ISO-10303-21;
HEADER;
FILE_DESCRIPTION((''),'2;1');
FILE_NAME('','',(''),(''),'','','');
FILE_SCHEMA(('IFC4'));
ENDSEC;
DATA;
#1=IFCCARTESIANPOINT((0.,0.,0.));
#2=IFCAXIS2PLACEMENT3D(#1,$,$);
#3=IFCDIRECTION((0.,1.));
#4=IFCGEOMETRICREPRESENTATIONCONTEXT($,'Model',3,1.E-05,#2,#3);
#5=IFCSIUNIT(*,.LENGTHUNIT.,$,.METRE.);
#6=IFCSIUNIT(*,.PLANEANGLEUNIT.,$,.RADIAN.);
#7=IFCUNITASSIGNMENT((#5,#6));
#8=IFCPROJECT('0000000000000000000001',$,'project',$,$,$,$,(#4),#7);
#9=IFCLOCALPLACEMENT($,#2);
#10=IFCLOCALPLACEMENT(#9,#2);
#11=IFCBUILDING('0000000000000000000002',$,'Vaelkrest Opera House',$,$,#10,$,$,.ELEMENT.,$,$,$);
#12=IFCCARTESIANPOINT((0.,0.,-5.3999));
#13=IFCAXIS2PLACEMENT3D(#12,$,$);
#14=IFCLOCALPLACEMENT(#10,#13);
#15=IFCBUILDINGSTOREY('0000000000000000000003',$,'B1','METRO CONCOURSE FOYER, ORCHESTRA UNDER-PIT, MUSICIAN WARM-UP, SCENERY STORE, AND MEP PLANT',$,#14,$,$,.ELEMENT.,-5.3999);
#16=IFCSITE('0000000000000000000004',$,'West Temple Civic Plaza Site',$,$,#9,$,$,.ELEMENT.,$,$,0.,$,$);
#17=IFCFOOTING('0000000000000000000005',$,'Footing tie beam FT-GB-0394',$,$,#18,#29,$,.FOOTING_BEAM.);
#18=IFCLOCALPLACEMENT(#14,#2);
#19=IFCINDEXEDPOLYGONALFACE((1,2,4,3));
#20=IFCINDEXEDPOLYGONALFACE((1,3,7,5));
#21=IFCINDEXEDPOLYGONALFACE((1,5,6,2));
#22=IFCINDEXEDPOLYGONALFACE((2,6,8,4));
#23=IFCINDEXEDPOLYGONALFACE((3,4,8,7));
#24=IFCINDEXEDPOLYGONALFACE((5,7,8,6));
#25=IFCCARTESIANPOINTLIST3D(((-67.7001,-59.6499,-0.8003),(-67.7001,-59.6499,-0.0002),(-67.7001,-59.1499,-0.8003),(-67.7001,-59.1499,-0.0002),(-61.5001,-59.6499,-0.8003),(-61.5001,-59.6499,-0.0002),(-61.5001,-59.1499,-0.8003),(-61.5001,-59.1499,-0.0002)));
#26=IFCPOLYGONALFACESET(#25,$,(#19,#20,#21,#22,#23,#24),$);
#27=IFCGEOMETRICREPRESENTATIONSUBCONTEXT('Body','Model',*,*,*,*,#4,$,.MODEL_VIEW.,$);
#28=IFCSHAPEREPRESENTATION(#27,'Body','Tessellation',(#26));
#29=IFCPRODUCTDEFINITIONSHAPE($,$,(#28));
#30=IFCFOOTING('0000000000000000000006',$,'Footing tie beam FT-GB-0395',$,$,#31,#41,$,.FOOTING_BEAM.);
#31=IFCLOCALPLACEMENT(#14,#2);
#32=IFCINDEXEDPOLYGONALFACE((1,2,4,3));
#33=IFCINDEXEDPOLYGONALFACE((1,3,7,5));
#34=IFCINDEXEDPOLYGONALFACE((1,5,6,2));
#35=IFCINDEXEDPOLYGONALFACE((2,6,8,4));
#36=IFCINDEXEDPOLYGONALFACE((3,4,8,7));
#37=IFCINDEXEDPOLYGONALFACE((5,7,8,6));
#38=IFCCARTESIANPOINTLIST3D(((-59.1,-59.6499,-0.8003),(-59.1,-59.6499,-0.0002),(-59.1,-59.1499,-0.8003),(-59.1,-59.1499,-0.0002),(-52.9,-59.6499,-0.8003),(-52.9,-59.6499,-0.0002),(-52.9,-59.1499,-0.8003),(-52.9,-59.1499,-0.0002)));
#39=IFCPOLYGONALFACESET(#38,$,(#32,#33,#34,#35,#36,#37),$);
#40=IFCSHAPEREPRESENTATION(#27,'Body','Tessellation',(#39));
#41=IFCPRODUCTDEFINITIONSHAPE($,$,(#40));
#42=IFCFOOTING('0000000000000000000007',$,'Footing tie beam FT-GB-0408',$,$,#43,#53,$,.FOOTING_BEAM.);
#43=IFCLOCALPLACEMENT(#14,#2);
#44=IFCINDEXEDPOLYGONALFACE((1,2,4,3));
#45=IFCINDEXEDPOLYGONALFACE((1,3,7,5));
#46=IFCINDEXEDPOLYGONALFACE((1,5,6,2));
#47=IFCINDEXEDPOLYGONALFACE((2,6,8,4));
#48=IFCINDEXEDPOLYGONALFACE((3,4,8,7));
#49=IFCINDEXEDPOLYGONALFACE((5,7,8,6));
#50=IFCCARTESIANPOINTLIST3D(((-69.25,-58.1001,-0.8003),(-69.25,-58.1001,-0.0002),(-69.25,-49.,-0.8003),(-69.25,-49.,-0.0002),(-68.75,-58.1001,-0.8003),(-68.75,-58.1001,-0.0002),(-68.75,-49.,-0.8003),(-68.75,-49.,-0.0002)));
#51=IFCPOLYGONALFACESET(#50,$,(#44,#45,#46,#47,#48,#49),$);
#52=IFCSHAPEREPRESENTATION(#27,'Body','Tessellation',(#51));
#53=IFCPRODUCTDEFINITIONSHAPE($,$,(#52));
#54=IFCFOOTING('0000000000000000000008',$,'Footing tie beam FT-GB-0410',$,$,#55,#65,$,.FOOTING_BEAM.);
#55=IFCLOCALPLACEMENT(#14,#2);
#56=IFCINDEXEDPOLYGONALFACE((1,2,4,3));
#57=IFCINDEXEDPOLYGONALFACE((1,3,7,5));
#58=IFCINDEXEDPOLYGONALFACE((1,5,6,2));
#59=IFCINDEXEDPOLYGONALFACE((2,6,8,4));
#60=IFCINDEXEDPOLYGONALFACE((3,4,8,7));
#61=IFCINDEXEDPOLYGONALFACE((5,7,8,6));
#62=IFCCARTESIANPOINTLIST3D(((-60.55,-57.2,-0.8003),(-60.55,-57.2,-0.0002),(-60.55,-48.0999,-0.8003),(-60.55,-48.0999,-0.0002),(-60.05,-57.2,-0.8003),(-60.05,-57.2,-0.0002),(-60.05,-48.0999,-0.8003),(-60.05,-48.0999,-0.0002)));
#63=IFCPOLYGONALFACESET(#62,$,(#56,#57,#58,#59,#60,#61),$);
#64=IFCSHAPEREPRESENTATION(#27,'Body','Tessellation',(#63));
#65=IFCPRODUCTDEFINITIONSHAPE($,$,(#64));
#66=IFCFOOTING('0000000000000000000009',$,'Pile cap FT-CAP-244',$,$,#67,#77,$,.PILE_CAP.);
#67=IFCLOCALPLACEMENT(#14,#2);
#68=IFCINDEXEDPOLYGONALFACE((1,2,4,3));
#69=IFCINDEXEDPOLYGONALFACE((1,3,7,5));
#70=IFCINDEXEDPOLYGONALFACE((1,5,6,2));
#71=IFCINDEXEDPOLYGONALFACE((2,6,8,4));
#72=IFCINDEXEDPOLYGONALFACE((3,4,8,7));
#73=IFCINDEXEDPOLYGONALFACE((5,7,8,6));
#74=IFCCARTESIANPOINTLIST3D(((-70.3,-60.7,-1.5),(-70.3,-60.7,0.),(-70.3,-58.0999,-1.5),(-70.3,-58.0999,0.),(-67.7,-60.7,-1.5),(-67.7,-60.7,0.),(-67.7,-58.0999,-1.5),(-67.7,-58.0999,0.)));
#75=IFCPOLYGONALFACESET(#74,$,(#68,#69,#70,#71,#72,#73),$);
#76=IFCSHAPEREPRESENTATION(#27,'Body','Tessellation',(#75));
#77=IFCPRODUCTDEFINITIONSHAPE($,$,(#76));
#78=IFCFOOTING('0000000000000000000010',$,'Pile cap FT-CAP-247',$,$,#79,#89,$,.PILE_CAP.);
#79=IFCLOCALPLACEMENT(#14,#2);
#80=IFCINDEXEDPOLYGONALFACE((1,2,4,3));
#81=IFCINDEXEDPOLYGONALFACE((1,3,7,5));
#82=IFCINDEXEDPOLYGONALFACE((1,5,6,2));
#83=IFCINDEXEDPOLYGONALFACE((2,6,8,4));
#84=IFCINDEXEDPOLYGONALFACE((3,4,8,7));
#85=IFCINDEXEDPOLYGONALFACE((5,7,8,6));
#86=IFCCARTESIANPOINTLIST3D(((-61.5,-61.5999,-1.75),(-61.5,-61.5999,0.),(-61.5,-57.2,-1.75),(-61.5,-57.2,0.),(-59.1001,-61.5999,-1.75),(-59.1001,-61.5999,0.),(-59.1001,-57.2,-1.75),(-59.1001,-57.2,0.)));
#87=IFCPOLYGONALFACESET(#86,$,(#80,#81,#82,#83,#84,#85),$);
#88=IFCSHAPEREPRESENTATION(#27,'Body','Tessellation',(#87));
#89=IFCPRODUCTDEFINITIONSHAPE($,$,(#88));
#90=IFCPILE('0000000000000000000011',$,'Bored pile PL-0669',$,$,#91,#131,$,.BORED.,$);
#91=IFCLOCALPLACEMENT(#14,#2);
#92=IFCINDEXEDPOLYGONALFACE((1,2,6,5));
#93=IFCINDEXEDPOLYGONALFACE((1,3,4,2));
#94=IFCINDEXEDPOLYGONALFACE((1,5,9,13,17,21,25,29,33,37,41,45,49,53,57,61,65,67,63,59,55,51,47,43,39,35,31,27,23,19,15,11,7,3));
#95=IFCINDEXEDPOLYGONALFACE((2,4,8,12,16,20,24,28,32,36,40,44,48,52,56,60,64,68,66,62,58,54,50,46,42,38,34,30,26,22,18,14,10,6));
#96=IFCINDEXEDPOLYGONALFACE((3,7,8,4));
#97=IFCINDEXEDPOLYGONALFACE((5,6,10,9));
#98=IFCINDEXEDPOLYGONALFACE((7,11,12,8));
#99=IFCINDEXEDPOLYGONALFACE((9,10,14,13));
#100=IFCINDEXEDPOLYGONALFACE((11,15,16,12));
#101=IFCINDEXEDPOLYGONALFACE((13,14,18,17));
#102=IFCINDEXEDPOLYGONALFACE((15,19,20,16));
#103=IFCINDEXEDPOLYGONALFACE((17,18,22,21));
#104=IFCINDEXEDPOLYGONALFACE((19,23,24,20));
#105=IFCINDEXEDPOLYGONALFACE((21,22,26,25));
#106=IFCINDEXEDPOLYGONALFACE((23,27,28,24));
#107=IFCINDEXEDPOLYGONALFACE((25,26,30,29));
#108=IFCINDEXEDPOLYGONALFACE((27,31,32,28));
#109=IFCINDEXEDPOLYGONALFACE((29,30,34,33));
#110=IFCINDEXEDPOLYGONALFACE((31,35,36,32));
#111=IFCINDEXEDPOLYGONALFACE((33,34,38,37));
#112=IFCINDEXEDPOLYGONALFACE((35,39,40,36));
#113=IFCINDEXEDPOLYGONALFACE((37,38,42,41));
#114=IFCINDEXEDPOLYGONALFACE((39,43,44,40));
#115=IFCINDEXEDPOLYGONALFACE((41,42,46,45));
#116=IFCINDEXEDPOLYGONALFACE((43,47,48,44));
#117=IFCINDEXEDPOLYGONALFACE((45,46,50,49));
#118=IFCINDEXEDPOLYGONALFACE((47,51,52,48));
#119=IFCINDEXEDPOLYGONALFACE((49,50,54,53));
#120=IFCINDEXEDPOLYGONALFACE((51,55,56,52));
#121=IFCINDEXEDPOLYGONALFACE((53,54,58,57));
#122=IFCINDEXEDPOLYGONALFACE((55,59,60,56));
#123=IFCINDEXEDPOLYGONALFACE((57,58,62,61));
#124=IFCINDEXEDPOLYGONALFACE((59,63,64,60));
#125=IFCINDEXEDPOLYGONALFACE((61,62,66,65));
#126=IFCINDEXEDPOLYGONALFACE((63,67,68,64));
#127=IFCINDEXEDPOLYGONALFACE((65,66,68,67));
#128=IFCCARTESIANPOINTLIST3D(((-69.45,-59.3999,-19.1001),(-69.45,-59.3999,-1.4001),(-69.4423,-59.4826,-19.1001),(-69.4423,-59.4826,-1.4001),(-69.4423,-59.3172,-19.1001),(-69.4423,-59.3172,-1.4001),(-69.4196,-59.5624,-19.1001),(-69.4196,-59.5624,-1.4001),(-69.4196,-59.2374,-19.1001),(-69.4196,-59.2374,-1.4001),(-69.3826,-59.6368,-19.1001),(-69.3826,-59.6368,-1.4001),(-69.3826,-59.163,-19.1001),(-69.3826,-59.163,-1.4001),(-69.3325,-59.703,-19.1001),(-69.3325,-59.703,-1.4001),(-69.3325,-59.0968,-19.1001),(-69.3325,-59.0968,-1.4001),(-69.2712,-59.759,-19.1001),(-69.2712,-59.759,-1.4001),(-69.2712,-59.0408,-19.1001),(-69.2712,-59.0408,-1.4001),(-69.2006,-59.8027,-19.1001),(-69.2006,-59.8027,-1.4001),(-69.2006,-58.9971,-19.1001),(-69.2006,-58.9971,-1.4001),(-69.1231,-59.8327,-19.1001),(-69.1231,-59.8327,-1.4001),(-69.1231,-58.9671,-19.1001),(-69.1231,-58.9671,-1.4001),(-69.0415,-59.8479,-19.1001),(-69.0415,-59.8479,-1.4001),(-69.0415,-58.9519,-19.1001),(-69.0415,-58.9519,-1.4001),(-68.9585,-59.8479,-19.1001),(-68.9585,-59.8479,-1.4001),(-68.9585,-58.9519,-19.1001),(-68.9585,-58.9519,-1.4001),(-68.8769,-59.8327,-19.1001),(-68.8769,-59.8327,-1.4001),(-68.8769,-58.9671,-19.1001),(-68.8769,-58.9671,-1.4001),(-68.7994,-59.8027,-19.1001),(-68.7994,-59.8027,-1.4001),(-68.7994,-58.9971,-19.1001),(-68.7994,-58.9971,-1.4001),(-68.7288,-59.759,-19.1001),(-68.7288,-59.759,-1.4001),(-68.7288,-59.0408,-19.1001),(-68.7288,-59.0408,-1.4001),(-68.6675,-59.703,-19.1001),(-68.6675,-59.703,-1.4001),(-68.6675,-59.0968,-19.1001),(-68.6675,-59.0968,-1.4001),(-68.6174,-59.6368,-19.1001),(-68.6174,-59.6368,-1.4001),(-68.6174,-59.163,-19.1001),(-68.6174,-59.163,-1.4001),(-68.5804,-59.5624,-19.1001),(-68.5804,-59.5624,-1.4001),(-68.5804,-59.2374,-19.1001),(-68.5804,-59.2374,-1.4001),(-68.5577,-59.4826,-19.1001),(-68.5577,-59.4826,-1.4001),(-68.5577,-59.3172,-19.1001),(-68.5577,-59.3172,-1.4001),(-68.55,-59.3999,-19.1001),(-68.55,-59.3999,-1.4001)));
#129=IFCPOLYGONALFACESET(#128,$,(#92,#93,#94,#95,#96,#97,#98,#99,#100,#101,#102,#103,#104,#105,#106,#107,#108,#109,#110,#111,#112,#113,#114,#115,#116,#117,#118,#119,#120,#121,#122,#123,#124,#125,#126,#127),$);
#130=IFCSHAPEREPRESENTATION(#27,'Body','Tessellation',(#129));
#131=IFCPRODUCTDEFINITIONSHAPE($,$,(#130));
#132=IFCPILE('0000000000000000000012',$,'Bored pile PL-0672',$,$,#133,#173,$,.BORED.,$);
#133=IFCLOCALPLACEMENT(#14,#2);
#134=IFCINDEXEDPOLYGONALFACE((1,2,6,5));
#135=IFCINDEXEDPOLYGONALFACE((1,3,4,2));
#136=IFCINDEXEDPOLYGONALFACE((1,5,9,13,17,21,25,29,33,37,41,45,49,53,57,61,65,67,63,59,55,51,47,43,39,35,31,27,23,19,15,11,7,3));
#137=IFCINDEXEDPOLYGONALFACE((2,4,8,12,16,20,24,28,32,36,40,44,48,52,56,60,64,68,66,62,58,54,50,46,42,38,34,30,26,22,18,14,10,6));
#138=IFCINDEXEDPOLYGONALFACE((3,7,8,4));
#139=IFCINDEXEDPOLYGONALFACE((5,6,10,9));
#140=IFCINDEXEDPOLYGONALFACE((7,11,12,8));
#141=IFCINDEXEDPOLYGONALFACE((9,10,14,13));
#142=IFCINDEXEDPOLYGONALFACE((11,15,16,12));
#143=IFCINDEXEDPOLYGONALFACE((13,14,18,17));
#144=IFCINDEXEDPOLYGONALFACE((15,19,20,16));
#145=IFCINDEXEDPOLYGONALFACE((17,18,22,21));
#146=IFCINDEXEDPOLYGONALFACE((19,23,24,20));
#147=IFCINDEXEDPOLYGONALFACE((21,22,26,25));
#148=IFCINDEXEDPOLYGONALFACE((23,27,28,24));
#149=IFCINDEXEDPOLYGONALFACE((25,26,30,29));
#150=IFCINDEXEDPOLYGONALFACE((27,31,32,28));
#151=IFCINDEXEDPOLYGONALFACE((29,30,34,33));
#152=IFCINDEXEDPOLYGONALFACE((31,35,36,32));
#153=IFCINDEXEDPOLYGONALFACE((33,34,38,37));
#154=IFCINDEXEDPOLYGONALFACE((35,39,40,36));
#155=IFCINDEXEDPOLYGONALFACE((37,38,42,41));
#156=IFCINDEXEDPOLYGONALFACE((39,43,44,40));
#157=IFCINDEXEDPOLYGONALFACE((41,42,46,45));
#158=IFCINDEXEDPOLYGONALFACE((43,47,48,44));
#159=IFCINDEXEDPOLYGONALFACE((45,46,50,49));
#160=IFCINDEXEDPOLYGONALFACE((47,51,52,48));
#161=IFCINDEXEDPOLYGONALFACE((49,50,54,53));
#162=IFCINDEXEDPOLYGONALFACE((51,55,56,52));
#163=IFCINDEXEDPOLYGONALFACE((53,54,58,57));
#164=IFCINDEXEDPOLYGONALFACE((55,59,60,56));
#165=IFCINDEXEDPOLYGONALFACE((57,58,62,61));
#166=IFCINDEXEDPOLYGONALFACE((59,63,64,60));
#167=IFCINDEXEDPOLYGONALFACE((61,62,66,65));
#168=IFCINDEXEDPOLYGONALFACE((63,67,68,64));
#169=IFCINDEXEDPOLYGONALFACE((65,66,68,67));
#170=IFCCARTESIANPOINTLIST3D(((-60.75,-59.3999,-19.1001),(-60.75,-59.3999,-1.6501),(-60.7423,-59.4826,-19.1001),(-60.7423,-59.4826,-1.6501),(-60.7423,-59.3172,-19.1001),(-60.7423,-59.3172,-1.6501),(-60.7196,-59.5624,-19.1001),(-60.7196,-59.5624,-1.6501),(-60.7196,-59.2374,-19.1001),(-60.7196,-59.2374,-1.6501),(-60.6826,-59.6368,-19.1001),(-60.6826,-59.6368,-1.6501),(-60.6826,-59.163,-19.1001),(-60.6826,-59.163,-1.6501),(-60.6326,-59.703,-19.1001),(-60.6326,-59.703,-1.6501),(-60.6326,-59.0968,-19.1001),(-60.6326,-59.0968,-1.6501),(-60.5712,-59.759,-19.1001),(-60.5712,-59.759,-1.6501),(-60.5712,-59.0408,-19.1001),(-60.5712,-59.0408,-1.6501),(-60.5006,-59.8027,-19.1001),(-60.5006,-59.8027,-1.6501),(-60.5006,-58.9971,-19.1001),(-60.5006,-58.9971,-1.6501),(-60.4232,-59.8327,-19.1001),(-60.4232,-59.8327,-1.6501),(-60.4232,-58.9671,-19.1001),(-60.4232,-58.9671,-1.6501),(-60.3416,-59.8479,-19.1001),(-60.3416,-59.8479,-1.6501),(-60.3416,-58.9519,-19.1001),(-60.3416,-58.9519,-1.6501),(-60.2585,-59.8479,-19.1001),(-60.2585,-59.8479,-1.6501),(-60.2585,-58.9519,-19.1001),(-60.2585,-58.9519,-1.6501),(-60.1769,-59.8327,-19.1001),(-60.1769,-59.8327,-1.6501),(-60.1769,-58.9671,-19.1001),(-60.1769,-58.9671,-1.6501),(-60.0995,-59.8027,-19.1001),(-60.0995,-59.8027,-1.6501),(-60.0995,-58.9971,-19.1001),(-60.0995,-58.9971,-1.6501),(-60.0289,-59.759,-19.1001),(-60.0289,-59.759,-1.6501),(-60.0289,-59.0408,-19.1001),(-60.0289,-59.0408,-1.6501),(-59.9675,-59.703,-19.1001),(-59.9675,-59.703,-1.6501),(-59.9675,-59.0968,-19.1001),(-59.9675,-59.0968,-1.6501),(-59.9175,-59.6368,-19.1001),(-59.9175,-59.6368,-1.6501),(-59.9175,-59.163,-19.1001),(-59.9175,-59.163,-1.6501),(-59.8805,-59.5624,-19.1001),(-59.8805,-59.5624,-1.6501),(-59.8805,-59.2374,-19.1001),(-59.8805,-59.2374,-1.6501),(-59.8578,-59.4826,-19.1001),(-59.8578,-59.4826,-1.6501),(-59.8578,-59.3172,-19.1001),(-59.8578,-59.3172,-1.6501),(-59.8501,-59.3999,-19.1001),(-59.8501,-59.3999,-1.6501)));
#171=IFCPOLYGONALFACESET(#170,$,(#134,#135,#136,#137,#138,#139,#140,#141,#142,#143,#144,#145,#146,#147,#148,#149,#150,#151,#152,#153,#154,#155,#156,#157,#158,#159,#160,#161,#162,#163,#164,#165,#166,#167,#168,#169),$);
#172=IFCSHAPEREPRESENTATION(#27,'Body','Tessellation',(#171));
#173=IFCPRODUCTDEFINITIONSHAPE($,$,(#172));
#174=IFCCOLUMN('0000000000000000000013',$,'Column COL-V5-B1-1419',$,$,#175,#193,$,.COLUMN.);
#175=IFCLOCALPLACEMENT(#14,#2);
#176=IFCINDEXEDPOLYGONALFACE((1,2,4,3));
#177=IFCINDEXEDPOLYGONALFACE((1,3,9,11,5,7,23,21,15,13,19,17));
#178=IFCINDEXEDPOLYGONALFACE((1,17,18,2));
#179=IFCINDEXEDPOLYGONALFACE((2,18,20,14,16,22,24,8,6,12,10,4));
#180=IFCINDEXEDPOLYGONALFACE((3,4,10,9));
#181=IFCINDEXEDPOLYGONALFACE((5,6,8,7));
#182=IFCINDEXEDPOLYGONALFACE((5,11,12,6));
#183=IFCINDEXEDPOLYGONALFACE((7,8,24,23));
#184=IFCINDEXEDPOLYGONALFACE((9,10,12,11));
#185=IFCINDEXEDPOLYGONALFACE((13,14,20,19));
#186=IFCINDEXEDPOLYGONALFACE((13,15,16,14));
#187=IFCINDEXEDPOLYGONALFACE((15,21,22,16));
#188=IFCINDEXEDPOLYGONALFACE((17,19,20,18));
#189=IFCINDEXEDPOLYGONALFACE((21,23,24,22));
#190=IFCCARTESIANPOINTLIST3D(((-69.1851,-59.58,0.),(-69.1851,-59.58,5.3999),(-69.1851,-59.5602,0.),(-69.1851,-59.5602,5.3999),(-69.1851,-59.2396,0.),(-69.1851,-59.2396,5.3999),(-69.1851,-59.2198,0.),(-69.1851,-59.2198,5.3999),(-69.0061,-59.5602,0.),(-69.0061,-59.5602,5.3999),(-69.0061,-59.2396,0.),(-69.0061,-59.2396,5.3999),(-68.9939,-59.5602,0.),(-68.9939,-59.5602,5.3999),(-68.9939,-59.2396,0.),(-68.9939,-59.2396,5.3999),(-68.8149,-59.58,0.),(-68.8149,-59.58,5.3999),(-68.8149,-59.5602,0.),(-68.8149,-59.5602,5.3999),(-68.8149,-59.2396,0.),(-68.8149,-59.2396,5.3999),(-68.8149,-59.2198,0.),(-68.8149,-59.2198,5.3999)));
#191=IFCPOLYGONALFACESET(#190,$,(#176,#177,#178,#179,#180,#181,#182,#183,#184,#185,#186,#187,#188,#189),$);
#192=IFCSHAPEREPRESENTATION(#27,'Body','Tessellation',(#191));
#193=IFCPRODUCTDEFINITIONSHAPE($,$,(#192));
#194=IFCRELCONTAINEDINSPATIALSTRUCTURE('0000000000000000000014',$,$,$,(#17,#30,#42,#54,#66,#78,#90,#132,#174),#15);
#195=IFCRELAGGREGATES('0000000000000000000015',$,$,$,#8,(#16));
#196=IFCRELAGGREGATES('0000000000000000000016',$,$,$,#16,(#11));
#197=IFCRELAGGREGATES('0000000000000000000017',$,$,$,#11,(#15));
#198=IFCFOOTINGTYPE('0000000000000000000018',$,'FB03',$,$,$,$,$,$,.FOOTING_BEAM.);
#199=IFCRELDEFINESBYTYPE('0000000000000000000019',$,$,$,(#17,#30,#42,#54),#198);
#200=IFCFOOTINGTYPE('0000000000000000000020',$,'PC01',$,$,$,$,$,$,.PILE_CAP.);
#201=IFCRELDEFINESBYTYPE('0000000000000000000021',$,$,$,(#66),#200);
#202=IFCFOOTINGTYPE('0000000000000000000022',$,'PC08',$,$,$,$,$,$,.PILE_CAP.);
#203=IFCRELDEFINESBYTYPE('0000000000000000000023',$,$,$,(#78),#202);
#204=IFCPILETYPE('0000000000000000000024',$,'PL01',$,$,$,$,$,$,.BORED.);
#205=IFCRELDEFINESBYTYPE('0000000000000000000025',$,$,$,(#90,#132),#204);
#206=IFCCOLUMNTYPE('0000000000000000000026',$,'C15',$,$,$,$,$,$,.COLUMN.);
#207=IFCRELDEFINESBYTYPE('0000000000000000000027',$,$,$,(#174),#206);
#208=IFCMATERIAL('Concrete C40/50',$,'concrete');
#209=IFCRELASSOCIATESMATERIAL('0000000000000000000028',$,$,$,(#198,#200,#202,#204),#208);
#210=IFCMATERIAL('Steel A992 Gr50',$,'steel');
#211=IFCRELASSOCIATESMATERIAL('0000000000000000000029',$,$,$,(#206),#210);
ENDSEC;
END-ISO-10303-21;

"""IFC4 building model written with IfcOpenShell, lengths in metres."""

from ifc_helpers import new_model, si_unit, direction, frame, origin, origin_2d, place, context, subcontext, project, spatial, rectangle, circle, i_section, extrude, material, material_profile, profile_set, type_object, element, save


model = new_model("IFC4")

# Units and contexts
model_context = context("Model", 3, precision=1e-05, world=origin(), true_north=direction((0.0, 1.0)))
body_context = subcontext(model_context, "Body", "Model", "MODEL_VIEW")
ifc_project = project(units=[si_unit("LENGTHUNIT", "METRE"), si_unit("PLANEANGLEUNIT", "RADIAN")], contexts=[model_context])

# Site, building, storey
site_placement = place(None, origin())
site = spatial("IfcSite", under=ifc_project, at=site_placement, Name="West Temple Civic Plaza Site", CompositionType="ELEMENT", RefElevation=0.0)
building_placement = place(site_placement, origin())
building = spatial("IfcBuilding", under=site, at=building_placement, Name="Vaelkrest Opera House", CompositionType="ELEMENT")
storey_placement = place(building_placement, frame((0.0, 0.0, -5.3999)))
storey = spatial("IfcBuildingStorey", under=building, at=storey_placement, Name="B1", Description="METRO CONCOURSE FOYER, ORCHESTRA UNDER-PIT, MUSICIAN WARM-UP, SCENERY STORE, AND MEP PLANT", CompositionType="ELEMENT", Elevation=-5.3999)

# Footings
ifc_material_1 = material(Name="Concrete C40/50", Category="concrete")
footing_type_1 = type_object("IfcFootingType", Name="FB03", PredefinedType="FOOTING_BEAM", material=ifc_material_1)
for number, where, z_axis, x_axis, name in (
    (1, (-64.6001, -59.3999, -0.8003), (0.0, 0.0, 1.0), (1.0, 0.0, 0.0), "Footing tie beam FT-GB-0394"),
    (2, (-56.0, -59.3999, -0.8003), (0.0, 0.0, 1.0), (1.0, 0.0, 0.0), "Footing tie beam FT-GB-0395"),
):
    element("IfcFooting", number, at=place(storey_placement, frame(where, z_axis=z_axis, x_axis=x_axis)), inside=storey, type_object=footing_type_1, Name=name, PredefinedType="FOOTING_BEAM", context=body_context, shape_type="SweptSolid", body=[
        extrude(rectangle(XDim=6.2, YDim=0.5, at=origin_2d()), origin(), (0.0, 0.0, 1.0), 0.8),
    ])
for number, where, z_axis, x_axis, name in (
    (3, (-69.0, -53.55, -0.8003), (0.0, 0.0, 1.0), (0.0, 1.0, 0.0), "Footing tie beam FT-GB-0408"),
    (4, (-60.3, -52.6499, -0.8003), (0.0, 0.0, 1.0), (0.0, 1.0, 0.0), "Footing tie beam FT-GB-0410"),
):
    element("IfcFooting", number, at=place(storey_placement, frame(where, z_axis=z_axis, x_axis=x_axis)), inside=storey, type_object=footing_type_1, Name=name, PredefinedType="FOOTING_BEAM", context=body_context, shape_type="SweptSolid", body=[
        extrude(rectangle(XDim=9.1001, YDim=0.5, at=origin_2d()), origin(), (0.0, 0.0, 1.0), 0.8),
    ])
footing_type_2 = type_object("IfcFootingType", Name="PC01", PredefinedType="PILE_CAP", material=ifc_material_1)
footing_1_placement = place(storey_placement, frame((-69.0, -59.3999, -1.5), z_axis=(0.0, 0.0, 1.0), x_axis=(1.0, 0.0, 0.0)))
element("IfcFooting", 5, at=footing_1_placement, inside=storey, type_object=footing_type_2, Name="Pile cap FT-CAP-244", PredefinedType="PILE_CAP", context=body_context, shape_type="SweptSolid", body=[
    extrude(rectangle(XDim=2.6001, YDim=2.6001, at=origin_2d()), origin(), (0.0, 0.0, 1.0), 1.5),
])
footing_type_3 = type_object("IfcFootingType", Name="PC08", PredefinedType="PILE_CAP", material=ifc_material_1)
footing_2_placement = place(storey_placement, frame((-60.3, -59.3999, -1.75), z_axis=(0.0, 0.0, 1.0), x_axis=(1.0, 0.0, 0.0)))
element("IfcFooting", 6, at=footing_2_placement, inside=storey, type_object=footing_type_3, Name="Pile cap FT-CAP-247", PredefinedType="PILE_CAP", context=body_context, shape_type="SweptSolid", body=[
    extrude(rectangle(XDim=2.3999, YDim=4.3999, at=origin_2d()), origin(), (0.0, 0.0, 1.0), 1.75),
])

# Piles
ifc_material_profile_1 = material_profile(ifc_material_1, circle(Radius=0.45, at=origin_2d()), Name="PILE900")
ifc_profile_set_1 = profile_set([ifc_material_profile_1], Name="Concrete C40/50")
pile_type = type_object("IfcPileType", Name="PL01", PredefinedType="BORED", material=ifc_profile_set_1)
pile_1_placement = place(storey_placement, frame((-69.0, -59.3999, -1.4001), z_axis=(0.0, 0.0, -1.0), x_axis=(1.0, 0.0, 0.0)))
element("IfcPile", 7, at=pile_1_placement, inside=storey, type_object=pile_type, Name="Bored pile PL-0669", PredefinedType="BORED", context=body_context, shape_type="SweptSolid", body=[
    extrude(circle(Radius=0.45, at=origin_2d()), origin(), (0.0, 0.0, 1.0), 17.7),
])
pile_2_placement = place(storey_placement, frame((-60.3, -59.3999, -1.6501), z_axis=(0.0, 0.0, -1.0), x_axis=(1.0, 0.0, 0.0)))
element("IfcPile", 8, at=pile_2_placement, inside=storey, type_object=pile_type, Name="Bored pile PL-0672", PredefinedType="BORED", context=body_context, shape_type="SweptSolid", body=[
    extrude(circle(Radius=0.45, at=origin_2d()), origin(), (0.0, 0.0, 1.0), 17.45),
])

# Column
ifc_material_2 = material(Name="Steel A992 Gr50", Category="steel")
ifc_material_profile_2 = material_profile(ifc_material_2, i_section(OverallWidth=0.3701, OverallDepth=0.3601, WebThickness=0.0122, FlangeThickness=0.0198, at=origin_2d()), Name="W14X99")
ifc_profile_set_2 = profile_set([ifc_material_profile_2], Name="Steel A992 Gr50")
column_type = type_object("IfcColumnType", Name="C15", PredefinedType="COLUMN", material=ifc_profile_set_2)
for number, where, z_axis, x_axis, name in (
    (9, (-69.0, -59.3999, 0.0), (0.0, 0.0, 1.0), (1.0, 0.0, 0.0), "Column COL-V5-B1-1419"),
):
    element("IfcColumn", number, at=place(storey_placement, frame(where, z_axis=z_axis, x_axis=x_axis)), inside=storey, type_object=column_type, Name=name, PredefinedType="COLUMN", context=body_context, shape_type="SweptSolid", body=[
        extrude(i_section(OverallWidth=0.3701, OverallDepth=0.3601, WebThickness=0.0122, FlangeThickness=0.0198, at=origin_2d()), origin(), (0.0, 0.0, 1.0), 5.3999),
    ])

save(model, "model.ifc")
